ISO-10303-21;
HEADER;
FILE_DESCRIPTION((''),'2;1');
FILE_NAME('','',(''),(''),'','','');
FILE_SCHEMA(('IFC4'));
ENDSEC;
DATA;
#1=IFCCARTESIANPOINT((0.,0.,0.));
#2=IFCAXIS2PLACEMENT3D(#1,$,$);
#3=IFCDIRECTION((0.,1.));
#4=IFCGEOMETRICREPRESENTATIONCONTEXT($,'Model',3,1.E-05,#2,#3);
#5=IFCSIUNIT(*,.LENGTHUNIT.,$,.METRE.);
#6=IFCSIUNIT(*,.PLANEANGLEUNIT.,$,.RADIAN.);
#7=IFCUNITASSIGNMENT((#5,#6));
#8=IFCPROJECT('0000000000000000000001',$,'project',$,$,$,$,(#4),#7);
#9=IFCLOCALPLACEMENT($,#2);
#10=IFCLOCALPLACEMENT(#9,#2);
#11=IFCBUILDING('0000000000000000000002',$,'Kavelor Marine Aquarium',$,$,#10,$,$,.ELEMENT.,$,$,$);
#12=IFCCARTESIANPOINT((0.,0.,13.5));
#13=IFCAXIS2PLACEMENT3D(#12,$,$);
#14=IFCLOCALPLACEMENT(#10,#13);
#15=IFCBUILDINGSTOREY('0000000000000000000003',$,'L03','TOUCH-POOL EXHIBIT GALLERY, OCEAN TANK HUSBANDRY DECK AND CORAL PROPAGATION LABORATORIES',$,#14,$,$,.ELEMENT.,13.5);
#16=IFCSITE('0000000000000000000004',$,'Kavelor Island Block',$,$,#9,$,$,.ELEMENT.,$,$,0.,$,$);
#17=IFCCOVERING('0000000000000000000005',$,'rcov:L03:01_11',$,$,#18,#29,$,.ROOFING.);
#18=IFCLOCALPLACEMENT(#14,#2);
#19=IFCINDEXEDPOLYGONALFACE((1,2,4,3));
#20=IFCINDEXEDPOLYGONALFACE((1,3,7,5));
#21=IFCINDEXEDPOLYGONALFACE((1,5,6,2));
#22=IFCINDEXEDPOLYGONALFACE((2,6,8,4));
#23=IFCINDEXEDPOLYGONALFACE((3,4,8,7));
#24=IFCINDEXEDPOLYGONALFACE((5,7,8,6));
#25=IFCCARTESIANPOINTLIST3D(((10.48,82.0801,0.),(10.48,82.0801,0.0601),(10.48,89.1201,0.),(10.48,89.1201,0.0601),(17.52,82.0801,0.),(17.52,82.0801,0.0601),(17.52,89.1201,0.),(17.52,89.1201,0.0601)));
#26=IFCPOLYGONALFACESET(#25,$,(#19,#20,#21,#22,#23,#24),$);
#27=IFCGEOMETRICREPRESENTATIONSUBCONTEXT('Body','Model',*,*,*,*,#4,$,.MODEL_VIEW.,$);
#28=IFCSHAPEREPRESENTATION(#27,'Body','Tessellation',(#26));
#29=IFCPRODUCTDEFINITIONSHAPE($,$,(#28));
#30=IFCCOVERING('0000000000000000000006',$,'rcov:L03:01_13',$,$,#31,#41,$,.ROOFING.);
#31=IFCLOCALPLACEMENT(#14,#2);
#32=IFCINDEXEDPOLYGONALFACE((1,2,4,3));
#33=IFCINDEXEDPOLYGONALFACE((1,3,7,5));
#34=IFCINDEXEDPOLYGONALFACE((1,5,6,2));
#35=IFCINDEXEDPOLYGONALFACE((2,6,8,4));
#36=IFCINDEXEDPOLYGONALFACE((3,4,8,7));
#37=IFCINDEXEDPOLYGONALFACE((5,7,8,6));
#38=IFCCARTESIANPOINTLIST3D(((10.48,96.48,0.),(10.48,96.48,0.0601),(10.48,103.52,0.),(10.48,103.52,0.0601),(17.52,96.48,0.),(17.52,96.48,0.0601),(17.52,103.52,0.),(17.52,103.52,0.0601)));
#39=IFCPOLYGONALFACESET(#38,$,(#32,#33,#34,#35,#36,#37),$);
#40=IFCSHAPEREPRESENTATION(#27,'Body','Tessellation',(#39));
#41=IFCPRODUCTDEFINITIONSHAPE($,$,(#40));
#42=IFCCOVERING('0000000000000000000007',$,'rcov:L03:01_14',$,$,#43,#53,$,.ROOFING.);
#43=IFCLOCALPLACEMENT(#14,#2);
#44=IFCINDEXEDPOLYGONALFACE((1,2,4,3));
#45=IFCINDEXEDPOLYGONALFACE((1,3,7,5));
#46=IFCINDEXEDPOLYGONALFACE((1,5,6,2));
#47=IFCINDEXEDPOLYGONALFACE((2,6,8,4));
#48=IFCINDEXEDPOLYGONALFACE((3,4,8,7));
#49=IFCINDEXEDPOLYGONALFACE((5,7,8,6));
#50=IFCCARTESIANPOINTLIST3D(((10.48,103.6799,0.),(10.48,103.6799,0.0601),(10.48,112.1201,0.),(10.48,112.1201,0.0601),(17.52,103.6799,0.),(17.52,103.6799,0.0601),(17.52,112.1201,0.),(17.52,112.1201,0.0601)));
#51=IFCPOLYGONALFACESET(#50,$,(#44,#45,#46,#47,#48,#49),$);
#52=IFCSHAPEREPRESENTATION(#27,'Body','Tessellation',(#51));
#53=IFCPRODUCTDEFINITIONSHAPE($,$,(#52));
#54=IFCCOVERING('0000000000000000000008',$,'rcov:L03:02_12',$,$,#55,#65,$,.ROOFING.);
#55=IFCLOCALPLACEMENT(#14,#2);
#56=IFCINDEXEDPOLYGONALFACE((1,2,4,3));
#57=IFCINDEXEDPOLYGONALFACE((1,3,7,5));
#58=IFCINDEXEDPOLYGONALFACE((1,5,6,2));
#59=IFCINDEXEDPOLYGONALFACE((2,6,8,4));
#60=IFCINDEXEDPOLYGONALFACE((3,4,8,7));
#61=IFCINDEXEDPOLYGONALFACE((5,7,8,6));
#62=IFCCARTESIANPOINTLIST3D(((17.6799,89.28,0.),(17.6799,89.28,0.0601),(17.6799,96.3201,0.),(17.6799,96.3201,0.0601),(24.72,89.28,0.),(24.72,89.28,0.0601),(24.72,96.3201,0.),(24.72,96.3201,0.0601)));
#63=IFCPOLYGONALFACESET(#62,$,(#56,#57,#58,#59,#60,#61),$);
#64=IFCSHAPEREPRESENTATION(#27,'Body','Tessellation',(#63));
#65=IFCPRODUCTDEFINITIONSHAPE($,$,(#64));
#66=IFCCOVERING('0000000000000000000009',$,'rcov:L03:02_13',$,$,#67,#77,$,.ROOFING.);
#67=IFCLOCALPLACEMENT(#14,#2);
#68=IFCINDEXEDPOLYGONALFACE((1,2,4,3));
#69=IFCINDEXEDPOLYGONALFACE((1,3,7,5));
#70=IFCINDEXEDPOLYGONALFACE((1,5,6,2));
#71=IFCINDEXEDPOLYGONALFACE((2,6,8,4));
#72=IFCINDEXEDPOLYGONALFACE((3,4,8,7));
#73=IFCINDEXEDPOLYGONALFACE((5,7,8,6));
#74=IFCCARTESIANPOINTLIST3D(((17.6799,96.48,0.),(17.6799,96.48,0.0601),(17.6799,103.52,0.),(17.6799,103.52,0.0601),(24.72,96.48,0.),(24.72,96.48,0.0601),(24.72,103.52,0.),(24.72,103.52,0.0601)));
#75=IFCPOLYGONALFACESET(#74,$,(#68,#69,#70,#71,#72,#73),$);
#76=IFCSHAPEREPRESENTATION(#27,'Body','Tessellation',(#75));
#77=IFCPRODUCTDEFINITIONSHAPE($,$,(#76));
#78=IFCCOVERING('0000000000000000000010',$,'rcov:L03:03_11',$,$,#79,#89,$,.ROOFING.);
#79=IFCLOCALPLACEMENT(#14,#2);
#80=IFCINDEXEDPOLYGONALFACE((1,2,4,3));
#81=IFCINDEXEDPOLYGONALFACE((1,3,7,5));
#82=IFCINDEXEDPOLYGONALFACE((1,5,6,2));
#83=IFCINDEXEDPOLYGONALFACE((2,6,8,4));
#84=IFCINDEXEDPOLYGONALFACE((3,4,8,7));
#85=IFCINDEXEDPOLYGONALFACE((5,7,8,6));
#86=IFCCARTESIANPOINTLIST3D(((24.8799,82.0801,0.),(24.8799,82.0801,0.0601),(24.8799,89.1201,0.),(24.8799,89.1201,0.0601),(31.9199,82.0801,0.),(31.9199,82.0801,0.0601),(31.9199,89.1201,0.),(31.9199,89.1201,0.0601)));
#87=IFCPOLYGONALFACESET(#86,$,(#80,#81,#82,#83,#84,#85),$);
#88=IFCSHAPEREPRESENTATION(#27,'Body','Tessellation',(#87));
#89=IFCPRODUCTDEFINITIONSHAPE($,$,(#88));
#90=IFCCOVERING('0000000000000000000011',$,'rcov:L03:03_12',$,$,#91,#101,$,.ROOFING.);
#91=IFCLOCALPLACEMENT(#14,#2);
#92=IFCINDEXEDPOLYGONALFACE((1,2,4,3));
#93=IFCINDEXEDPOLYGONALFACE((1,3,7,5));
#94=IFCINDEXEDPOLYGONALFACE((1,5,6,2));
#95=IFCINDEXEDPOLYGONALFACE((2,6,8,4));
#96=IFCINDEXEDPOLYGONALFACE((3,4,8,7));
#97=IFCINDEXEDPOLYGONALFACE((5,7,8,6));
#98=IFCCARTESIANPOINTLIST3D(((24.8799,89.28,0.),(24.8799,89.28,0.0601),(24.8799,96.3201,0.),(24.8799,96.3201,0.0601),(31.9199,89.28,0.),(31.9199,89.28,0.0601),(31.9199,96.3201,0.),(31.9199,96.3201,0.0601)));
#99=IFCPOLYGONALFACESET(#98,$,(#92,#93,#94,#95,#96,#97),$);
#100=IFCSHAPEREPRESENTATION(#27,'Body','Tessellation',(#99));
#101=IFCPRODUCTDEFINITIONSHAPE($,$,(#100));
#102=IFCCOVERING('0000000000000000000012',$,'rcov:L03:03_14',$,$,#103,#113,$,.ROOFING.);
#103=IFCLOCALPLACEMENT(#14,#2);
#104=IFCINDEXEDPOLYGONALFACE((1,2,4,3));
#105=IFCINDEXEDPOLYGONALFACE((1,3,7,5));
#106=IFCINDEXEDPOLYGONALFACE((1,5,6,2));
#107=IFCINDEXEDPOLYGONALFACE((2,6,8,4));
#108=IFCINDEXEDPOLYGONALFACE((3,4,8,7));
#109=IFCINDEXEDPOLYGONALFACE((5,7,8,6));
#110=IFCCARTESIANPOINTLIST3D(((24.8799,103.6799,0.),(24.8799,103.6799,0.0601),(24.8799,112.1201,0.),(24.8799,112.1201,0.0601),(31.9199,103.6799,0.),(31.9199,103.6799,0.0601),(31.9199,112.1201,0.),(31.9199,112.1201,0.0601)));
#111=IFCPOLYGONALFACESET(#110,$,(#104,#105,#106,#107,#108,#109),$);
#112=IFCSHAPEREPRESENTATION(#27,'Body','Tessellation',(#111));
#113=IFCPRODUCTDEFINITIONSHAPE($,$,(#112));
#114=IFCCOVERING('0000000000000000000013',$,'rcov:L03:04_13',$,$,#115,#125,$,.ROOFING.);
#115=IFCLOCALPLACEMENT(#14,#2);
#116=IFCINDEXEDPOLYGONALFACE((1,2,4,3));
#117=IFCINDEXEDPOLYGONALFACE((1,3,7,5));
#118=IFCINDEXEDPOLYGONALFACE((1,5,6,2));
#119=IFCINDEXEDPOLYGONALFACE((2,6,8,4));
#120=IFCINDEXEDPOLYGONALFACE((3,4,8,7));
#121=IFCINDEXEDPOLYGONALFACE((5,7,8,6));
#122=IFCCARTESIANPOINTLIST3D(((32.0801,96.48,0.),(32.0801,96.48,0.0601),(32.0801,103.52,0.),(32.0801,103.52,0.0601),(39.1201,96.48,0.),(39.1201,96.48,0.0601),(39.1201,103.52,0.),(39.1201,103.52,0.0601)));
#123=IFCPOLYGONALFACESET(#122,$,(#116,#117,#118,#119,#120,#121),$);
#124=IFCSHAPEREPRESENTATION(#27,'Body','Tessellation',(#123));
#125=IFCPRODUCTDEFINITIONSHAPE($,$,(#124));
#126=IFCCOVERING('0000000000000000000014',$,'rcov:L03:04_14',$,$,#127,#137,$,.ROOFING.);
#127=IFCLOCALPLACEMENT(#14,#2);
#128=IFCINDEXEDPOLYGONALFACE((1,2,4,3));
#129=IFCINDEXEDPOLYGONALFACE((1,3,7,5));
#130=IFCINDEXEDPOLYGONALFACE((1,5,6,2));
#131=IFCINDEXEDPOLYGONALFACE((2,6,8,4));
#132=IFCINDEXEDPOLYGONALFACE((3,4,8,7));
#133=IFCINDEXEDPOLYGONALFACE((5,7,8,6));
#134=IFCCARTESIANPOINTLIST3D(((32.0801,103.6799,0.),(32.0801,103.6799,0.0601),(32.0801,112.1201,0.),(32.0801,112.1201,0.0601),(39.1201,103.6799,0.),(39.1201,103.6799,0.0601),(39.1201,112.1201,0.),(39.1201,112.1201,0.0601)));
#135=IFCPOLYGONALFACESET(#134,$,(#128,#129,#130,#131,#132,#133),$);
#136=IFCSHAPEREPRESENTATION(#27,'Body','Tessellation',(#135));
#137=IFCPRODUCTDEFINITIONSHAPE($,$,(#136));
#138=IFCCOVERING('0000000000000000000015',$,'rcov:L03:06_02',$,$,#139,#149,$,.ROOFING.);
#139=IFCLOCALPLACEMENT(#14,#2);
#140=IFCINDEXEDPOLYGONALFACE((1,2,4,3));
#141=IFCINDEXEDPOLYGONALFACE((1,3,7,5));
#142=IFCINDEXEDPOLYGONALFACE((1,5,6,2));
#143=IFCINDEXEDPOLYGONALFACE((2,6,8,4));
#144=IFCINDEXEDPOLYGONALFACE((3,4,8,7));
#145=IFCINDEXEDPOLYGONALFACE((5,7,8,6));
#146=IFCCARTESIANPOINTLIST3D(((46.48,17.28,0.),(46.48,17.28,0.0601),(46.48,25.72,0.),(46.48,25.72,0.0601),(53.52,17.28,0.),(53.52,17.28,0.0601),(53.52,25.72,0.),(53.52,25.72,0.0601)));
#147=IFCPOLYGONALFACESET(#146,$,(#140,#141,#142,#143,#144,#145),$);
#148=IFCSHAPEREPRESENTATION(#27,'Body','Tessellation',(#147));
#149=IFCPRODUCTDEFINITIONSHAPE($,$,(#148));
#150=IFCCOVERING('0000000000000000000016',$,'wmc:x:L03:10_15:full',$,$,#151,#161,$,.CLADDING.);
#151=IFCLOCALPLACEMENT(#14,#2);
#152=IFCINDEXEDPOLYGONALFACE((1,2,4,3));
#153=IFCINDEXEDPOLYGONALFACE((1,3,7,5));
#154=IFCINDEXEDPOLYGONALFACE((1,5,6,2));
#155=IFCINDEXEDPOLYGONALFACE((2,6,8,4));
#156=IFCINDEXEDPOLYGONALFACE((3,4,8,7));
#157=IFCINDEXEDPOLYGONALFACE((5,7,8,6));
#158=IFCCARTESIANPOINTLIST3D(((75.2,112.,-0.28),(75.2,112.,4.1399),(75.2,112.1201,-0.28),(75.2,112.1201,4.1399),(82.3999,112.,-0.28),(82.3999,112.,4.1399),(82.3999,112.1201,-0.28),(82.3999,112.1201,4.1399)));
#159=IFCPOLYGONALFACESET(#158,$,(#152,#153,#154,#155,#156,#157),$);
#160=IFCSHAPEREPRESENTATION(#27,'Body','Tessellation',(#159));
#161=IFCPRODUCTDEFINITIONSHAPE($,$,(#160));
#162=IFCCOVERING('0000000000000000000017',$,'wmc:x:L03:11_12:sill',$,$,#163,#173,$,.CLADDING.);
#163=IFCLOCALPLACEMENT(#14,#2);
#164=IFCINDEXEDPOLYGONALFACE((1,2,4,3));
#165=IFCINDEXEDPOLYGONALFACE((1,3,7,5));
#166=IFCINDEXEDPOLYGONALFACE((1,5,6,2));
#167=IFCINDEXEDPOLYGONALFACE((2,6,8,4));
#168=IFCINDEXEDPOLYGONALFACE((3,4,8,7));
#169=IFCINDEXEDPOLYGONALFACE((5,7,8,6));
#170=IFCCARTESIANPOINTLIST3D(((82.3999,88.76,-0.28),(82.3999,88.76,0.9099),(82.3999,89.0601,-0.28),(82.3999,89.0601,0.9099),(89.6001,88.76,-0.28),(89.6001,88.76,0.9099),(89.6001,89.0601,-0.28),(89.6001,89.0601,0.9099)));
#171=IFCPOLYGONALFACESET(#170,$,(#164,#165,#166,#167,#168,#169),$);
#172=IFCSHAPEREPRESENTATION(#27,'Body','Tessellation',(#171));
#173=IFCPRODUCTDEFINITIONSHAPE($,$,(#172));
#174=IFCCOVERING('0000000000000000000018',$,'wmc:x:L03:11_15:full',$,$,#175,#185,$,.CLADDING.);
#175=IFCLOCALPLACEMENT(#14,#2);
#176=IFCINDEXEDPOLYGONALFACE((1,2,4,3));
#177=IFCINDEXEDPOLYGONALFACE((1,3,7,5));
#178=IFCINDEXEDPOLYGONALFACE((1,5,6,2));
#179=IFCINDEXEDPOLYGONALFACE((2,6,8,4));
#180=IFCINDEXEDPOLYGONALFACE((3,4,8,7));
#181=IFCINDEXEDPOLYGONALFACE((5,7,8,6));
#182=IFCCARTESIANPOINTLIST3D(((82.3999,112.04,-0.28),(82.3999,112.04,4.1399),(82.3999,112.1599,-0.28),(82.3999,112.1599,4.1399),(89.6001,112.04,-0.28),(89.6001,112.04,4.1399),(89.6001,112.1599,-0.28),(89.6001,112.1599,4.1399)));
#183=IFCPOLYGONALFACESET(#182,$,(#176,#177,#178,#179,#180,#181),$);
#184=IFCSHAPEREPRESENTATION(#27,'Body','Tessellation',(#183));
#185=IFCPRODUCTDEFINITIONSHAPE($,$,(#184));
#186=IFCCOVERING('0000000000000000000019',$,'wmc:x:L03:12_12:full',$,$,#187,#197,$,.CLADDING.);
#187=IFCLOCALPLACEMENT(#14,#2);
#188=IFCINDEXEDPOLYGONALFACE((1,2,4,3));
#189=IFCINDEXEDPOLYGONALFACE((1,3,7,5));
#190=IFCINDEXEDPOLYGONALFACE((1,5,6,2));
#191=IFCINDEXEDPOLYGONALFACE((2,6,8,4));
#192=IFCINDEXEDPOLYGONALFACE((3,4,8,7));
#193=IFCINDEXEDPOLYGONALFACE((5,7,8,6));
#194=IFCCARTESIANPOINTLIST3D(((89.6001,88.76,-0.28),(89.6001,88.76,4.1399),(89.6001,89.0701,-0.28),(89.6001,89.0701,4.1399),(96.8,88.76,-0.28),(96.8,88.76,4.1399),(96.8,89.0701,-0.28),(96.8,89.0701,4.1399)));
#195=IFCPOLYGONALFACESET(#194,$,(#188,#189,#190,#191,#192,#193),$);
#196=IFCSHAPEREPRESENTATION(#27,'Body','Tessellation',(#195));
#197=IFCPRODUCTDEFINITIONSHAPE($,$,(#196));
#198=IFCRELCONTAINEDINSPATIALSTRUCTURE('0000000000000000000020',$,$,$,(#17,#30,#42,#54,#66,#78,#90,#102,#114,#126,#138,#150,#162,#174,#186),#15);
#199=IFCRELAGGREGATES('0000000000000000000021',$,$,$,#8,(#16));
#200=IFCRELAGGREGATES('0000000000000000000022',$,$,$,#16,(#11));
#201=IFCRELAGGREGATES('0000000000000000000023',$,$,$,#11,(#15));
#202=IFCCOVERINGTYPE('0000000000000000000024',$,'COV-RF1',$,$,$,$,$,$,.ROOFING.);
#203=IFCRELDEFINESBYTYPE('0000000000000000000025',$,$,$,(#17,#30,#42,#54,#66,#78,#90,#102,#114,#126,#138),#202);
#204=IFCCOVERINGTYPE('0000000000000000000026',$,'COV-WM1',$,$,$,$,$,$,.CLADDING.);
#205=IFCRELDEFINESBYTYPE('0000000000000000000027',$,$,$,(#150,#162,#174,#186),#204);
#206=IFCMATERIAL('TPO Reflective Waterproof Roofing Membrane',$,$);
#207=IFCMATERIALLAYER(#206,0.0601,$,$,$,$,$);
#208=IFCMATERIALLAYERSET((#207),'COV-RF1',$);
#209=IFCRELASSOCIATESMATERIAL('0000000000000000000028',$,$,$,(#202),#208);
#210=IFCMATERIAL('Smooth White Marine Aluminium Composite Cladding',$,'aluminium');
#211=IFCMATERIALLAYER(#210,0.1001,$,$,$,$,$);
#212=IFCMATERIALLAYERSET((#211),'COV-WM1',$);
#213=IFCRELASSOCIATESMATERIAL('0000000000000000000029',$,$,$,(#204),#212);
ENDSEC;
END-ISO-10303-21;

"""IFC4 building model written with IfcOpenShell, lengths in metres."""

from ifc_helpers import new_model, si_unit, direction, frame, origin, place, context, subcontext, project, spatial, polyline, outline, extrude, material, layer, layer_set, type_object, element, save


model = new_model("IFC4")

# Units and contexts
model_context = context("Model", 3, precision=1e-05, world=origin(), true_north=direction((0.0, 1.0)))
body_context = subcontext(model_context, "Body", "Model", "MODEL_VIEW")
ifc_project = project(units=[si_unit("LENGTHUNIT", "METRE"), si_unit("PLANEANGLEUNIT", "RADIAN")], contexts=[model_context])

# Site, building, storey
site_placement = place(None, origin())
site = spatial("IfcSite", under=ifc_project, at=site_placement, Name="Kavelor Island Block", CompositionType="ELEMENT", RefElevation=0.0)
building_placement = place(site_placement, origin())
building = spatial("IfcBuilding", under=site, at=building_placement, Name="Kavelor Marine Aquarium", CompositionType="ELEMENT")
storey_placement = place(building_placement, frame((0.0, 0.0, 13.5)))
storey = spatial("IfcBuildingStorey", under=building, at=storey_placement, Name="L03", Description="TOUCH-POOL EXHIBIT GALLERY, OCEAN TANK HUSBANDRY DECK AND CORAL PROPAGATION LABORATORIES", CompositionType="ELEMENT", Elevation=13.5)

# Coverings
ifc_material_1 = material(Name="TPO Reflective Waterproof Roofing Membrane")
ifc_layer_1 = layer(ifc_material_1, 0.0601)
ifc_layer_set_1 = layer_set([ifc_layer_1], Name="COV-RF1")
covering_type_1 = type_object("IfcCoveringType", Name="COV-RF1", PredefinedType="ROOFING", material=ifc_layer_set_1)
covering_1_placement = place(storey_placement, origin())
element("IfcCovering", 1, at=covering_1_placement, inside=storey, type_object=covering_type_1, Name="rcov:L03:01_11", PredefinedType="ROOFING", context=body_context, shape_type="SweptSolid", body=[
    extrude(outline(polyline([(10.48, 82.0801), (17.52, 82.0801), (17.52, 89.1201), (10.48, 89.1201), (10.48, 82.0801)])), origin(), (0.0, 0.0, 1.0), 0.0601),
])
covering_2_placement = place(storey_placement, origin())
element("IfcCovering", 2, at=covering_2_placement, inside=storey, type_object=covering_type_1, Name="rcov:L03:01_13", PredefinedType="ROOFING", context=body_context, shape_type="SweptSolid", body=[
    extrude(outline(polyline([(10.48, 96.48), (17.52, 96.48), (17.52, 103.52), (10.48, 103.52), (10.48, 96.48)])), origin(), (0.0, 0.0, 1.0), 0.0601),
])
covering_3_placement = place(storey_placement, origin())
element("IfcCovering", 3, at=covering_3_placement, inside=storey, type_object=covering_type_1, Name="rcov:L03:01_14", PredefinedType="ROOFING", context=body_context, shape_type="SweptSolid", body=[
    extrude(outline(polyline([(10.48, 103.6799), (17.52, 103.6799), (17.52, 112.1201), (10.48, 112.1201), (10.48, 103.6799)])), origin(), (0.0, 0.0, 1.0), 0.0601),
])
covering_4_placement = place(storey_placement, origin())
element("IfcCovering", 4, at=covering_4_placement, inside=storey, type_object=covering_type_1, Name="rcov:L03:02_12", PredefinedType="ROOFING", context=body_context, shape_type="SweptSolid", body=[
    extrude(outline(polyline([(17.6799, 89.28), (24.72, 89.28), (24.72, 96.3201), (17.6799, 96.3201), (17.6799, 89.28)])), origin(), (0.0, 0.0, 1.0), 0.0601),
])
covering_5_placement = place(storey_placement, origin())
element("IfcCovering", 5, at=covering_5_placement, inside=storey, type_object=covering_type_1, Name="rcov:L03:02_13", PredefinedType="ROOFING", context=body_context, shape_type="SweptSolid", body=[
    extrude(outline(polyline([(17.6799, 96.48), (24.72, 96.48), (24.72, 103.52), (17.6799, 103.52), (17.6799, 96.48)])), origin(), (0.0, 0.0, 1.0), 0.0601),
])
covering_6_placement = place(storey_placement, origin())
element("IfcCovering", 6, at=covering_6_placement, inside=storey, type_object=covering_type_1, Name="rcov:L03:03_11", PredefinedType="ROOFING", context=body_context, shape_type="SweptSolid", body=[
    extrude(outline(polyline([(24.8799, 82.0801), (31.9199, 82.0801), (31.9199, 89.1201), (24.8799, 89.1201), (24.8799, 82.0801)])), origin(), (0.0, 0.0, 1.0), 0.0601),
])
covering_7_placement = place(storey_placement, origin())
element("IfcCovering", 7, at=covering_7_placement, inside=storey, type_object=covering_type_1, Name="rcov:L03:03_12", PredefinedType="ROOFING", context=body_context, shape_type="SweptSolid", body=[
    extrude(outline(polyline([(24.8799, 89.28), (31.9199, 89.28), (31.9199, 96.3201), (24.8799, 96.3201), (24.8799, 89.28)])), origin(), (0.0, 0.0, 1.0), 0.0601),
])
covering_8_placement = place(storey_placement, origin())
element("IfcCovering", 8, at=covering_8_placement, inside=storey, type_object=covering_type_1, Name="rcov:L03:03_14", PredefinedType="ROOFING", context=body_context, shape_type="SweptSolid", body=[
    extrude(outline(polyline([(24.8799, 103.6799), (31.9199, 103.6799), (31.9199, 112.1201), (24.8799, 112.1201), (24.8799, 103.6799)])), origin(), (0.0, 0.0, 1.0), 0.0601),
])
covering_9_placement = place(storey_placement, origin())
element("IfcCovering", 9, at=covering_9_placement, inside=storey, type_object=covering_type_1, Name="rcov:L03:04_13", PredefinedType="ROOFING", context=body_context, shape_type="SweptSolid", body=[
    extrude(outline(polyline([(32.0801, 96.48), (39.1201, 96.48), (39.1201, 103.52), (32.0801, 103.52), (32.0801, 96.48)])), origin(), (0.0, 0.0, 1.0), 0.0601),
])
covering_10_placement = place(storey_placement, origin())
element("IfcCovering", 10, at=covering_10_placement, inside=storey, type_object=covering_type_1, Name="rcov:L03:04_14", PredefinedType="ROOFING", context=body_context, shape_type="SweptSolid", body=[
    extrude(outline(polyline([(32.0801, 103.6799), (39.1201, 103.6799), (39.1201, 112.1201), (32.0801, 112.1201), (32.0801, 103.6799)])), origin(), (0.0, 0.0, 1.0), 0.0601),
])
covering_11_placement = place(storey_placement, origin())
element("IfcCovering", 11, at=covering_11_placement, inside=storey, type_object=covering_type_1, Name="rcov:L03:06_02", PredefinedType="ROOFING", context=body_context, shape_type="SweptSolid", body=[
    extrude(outline(polyline([(46.48, 17.28), (53.52, 17.28), (53.52, 25.72), (46.48, 25.72), (46.48, 17.28)])), origin(), (0.0, 0.0, 1.0), 0.0601),
])
ifc_material_2 = material(Name="Smooth White Marine Aluminium Composite Cladding", Category="aluminium")
ifc_layer_2 = layer(ifc_material_2, 0.1001)
ifc_layer_set_2 = layer_set([ifc_layer_2], Name="COV-WM1")
covering_type_2 = type_object("IfcCoveringType", Name="COV-WM1", PredefinedType="CLADDING", material=ifc_layer_set_2)
covering_12_placement = place(storey_placement, frame((0.0, 0.0, -0.28)))
element("IfcCovering", 12, at=covering_12_placement, inside=storey, type_object=covering_type_2, Name="wmc:x:L03:10_15:full", PredefinedType="CLADDING", context=body_context, shape_type="SweptSolid", body=[
    extrude(outline(polyline([(75.2, 112.0), (82.3999, 112.0), (82.3999, 112.1201), (75.2, 112.1201), (75.2, 112.0)])), origin(), (0.0, 0.0, 1.0), 4.4199),
])
covering_13_placement = place(storey_placement, frame((0.0, 0.0, -0.28)))
element("IfcCovering", 13, at=covering_13_placement, inside=storey, type_object=covering_type_2, Name="wmc:x:L03:11_12:sill", PredefinedType="CLADDING", context=body_context, shape_type="SweptSolid", body=[
    extrude(outline(polyline([(82.3999, 88.76), (89.6001, 88.76), (89.6001, 89.0601), (82.3999, 89.0601), (82.3999, 88.76)])), origin(), (0.0, 0.0, 1.0), 1.1899),
])
covering_14_placement = place(storey_placement, frame((0.0, 0.0, -0.28)))
element("IfcCovering", 14, at=covering_14_placement, inside=storey, type_object=covering_type_2, Name="wmc:x:L03:11_15:full", PredefinedType="CLADDING", context=body_context, shape_type="SweptSolid", body=[
    extrude(outline(polyline([(82.3999, 112.04), (89.6001, 112.04), (89.6001, 112.1599), (82.3999, 112.1599), (82.3999, 112.04)])), origin(), (0.0, 0.0, 1.0), 4.4199),
])
covering_15_placement = place(storey_placement, frame((0.0, 0.0, -0.28)))
element("IfcCovering", 15, at=covering_15_placement, inside=storey, type_object=covering_type_2, Name="wmc:x:L03:12_12:full", PredefinedType="CLADDING", context=body_context, shape_type="SweptSolid", body=[
    extrude(outline(polyline([(89.6001, 88.76), (96.8, 88.76), (96.8, 89.0701), (89.6001, 89.0701), (89.6001, 88.76)])), origin(), (0.0, 0.0, 1.0), 4.4199),
])

save(model, "model.ifc")
